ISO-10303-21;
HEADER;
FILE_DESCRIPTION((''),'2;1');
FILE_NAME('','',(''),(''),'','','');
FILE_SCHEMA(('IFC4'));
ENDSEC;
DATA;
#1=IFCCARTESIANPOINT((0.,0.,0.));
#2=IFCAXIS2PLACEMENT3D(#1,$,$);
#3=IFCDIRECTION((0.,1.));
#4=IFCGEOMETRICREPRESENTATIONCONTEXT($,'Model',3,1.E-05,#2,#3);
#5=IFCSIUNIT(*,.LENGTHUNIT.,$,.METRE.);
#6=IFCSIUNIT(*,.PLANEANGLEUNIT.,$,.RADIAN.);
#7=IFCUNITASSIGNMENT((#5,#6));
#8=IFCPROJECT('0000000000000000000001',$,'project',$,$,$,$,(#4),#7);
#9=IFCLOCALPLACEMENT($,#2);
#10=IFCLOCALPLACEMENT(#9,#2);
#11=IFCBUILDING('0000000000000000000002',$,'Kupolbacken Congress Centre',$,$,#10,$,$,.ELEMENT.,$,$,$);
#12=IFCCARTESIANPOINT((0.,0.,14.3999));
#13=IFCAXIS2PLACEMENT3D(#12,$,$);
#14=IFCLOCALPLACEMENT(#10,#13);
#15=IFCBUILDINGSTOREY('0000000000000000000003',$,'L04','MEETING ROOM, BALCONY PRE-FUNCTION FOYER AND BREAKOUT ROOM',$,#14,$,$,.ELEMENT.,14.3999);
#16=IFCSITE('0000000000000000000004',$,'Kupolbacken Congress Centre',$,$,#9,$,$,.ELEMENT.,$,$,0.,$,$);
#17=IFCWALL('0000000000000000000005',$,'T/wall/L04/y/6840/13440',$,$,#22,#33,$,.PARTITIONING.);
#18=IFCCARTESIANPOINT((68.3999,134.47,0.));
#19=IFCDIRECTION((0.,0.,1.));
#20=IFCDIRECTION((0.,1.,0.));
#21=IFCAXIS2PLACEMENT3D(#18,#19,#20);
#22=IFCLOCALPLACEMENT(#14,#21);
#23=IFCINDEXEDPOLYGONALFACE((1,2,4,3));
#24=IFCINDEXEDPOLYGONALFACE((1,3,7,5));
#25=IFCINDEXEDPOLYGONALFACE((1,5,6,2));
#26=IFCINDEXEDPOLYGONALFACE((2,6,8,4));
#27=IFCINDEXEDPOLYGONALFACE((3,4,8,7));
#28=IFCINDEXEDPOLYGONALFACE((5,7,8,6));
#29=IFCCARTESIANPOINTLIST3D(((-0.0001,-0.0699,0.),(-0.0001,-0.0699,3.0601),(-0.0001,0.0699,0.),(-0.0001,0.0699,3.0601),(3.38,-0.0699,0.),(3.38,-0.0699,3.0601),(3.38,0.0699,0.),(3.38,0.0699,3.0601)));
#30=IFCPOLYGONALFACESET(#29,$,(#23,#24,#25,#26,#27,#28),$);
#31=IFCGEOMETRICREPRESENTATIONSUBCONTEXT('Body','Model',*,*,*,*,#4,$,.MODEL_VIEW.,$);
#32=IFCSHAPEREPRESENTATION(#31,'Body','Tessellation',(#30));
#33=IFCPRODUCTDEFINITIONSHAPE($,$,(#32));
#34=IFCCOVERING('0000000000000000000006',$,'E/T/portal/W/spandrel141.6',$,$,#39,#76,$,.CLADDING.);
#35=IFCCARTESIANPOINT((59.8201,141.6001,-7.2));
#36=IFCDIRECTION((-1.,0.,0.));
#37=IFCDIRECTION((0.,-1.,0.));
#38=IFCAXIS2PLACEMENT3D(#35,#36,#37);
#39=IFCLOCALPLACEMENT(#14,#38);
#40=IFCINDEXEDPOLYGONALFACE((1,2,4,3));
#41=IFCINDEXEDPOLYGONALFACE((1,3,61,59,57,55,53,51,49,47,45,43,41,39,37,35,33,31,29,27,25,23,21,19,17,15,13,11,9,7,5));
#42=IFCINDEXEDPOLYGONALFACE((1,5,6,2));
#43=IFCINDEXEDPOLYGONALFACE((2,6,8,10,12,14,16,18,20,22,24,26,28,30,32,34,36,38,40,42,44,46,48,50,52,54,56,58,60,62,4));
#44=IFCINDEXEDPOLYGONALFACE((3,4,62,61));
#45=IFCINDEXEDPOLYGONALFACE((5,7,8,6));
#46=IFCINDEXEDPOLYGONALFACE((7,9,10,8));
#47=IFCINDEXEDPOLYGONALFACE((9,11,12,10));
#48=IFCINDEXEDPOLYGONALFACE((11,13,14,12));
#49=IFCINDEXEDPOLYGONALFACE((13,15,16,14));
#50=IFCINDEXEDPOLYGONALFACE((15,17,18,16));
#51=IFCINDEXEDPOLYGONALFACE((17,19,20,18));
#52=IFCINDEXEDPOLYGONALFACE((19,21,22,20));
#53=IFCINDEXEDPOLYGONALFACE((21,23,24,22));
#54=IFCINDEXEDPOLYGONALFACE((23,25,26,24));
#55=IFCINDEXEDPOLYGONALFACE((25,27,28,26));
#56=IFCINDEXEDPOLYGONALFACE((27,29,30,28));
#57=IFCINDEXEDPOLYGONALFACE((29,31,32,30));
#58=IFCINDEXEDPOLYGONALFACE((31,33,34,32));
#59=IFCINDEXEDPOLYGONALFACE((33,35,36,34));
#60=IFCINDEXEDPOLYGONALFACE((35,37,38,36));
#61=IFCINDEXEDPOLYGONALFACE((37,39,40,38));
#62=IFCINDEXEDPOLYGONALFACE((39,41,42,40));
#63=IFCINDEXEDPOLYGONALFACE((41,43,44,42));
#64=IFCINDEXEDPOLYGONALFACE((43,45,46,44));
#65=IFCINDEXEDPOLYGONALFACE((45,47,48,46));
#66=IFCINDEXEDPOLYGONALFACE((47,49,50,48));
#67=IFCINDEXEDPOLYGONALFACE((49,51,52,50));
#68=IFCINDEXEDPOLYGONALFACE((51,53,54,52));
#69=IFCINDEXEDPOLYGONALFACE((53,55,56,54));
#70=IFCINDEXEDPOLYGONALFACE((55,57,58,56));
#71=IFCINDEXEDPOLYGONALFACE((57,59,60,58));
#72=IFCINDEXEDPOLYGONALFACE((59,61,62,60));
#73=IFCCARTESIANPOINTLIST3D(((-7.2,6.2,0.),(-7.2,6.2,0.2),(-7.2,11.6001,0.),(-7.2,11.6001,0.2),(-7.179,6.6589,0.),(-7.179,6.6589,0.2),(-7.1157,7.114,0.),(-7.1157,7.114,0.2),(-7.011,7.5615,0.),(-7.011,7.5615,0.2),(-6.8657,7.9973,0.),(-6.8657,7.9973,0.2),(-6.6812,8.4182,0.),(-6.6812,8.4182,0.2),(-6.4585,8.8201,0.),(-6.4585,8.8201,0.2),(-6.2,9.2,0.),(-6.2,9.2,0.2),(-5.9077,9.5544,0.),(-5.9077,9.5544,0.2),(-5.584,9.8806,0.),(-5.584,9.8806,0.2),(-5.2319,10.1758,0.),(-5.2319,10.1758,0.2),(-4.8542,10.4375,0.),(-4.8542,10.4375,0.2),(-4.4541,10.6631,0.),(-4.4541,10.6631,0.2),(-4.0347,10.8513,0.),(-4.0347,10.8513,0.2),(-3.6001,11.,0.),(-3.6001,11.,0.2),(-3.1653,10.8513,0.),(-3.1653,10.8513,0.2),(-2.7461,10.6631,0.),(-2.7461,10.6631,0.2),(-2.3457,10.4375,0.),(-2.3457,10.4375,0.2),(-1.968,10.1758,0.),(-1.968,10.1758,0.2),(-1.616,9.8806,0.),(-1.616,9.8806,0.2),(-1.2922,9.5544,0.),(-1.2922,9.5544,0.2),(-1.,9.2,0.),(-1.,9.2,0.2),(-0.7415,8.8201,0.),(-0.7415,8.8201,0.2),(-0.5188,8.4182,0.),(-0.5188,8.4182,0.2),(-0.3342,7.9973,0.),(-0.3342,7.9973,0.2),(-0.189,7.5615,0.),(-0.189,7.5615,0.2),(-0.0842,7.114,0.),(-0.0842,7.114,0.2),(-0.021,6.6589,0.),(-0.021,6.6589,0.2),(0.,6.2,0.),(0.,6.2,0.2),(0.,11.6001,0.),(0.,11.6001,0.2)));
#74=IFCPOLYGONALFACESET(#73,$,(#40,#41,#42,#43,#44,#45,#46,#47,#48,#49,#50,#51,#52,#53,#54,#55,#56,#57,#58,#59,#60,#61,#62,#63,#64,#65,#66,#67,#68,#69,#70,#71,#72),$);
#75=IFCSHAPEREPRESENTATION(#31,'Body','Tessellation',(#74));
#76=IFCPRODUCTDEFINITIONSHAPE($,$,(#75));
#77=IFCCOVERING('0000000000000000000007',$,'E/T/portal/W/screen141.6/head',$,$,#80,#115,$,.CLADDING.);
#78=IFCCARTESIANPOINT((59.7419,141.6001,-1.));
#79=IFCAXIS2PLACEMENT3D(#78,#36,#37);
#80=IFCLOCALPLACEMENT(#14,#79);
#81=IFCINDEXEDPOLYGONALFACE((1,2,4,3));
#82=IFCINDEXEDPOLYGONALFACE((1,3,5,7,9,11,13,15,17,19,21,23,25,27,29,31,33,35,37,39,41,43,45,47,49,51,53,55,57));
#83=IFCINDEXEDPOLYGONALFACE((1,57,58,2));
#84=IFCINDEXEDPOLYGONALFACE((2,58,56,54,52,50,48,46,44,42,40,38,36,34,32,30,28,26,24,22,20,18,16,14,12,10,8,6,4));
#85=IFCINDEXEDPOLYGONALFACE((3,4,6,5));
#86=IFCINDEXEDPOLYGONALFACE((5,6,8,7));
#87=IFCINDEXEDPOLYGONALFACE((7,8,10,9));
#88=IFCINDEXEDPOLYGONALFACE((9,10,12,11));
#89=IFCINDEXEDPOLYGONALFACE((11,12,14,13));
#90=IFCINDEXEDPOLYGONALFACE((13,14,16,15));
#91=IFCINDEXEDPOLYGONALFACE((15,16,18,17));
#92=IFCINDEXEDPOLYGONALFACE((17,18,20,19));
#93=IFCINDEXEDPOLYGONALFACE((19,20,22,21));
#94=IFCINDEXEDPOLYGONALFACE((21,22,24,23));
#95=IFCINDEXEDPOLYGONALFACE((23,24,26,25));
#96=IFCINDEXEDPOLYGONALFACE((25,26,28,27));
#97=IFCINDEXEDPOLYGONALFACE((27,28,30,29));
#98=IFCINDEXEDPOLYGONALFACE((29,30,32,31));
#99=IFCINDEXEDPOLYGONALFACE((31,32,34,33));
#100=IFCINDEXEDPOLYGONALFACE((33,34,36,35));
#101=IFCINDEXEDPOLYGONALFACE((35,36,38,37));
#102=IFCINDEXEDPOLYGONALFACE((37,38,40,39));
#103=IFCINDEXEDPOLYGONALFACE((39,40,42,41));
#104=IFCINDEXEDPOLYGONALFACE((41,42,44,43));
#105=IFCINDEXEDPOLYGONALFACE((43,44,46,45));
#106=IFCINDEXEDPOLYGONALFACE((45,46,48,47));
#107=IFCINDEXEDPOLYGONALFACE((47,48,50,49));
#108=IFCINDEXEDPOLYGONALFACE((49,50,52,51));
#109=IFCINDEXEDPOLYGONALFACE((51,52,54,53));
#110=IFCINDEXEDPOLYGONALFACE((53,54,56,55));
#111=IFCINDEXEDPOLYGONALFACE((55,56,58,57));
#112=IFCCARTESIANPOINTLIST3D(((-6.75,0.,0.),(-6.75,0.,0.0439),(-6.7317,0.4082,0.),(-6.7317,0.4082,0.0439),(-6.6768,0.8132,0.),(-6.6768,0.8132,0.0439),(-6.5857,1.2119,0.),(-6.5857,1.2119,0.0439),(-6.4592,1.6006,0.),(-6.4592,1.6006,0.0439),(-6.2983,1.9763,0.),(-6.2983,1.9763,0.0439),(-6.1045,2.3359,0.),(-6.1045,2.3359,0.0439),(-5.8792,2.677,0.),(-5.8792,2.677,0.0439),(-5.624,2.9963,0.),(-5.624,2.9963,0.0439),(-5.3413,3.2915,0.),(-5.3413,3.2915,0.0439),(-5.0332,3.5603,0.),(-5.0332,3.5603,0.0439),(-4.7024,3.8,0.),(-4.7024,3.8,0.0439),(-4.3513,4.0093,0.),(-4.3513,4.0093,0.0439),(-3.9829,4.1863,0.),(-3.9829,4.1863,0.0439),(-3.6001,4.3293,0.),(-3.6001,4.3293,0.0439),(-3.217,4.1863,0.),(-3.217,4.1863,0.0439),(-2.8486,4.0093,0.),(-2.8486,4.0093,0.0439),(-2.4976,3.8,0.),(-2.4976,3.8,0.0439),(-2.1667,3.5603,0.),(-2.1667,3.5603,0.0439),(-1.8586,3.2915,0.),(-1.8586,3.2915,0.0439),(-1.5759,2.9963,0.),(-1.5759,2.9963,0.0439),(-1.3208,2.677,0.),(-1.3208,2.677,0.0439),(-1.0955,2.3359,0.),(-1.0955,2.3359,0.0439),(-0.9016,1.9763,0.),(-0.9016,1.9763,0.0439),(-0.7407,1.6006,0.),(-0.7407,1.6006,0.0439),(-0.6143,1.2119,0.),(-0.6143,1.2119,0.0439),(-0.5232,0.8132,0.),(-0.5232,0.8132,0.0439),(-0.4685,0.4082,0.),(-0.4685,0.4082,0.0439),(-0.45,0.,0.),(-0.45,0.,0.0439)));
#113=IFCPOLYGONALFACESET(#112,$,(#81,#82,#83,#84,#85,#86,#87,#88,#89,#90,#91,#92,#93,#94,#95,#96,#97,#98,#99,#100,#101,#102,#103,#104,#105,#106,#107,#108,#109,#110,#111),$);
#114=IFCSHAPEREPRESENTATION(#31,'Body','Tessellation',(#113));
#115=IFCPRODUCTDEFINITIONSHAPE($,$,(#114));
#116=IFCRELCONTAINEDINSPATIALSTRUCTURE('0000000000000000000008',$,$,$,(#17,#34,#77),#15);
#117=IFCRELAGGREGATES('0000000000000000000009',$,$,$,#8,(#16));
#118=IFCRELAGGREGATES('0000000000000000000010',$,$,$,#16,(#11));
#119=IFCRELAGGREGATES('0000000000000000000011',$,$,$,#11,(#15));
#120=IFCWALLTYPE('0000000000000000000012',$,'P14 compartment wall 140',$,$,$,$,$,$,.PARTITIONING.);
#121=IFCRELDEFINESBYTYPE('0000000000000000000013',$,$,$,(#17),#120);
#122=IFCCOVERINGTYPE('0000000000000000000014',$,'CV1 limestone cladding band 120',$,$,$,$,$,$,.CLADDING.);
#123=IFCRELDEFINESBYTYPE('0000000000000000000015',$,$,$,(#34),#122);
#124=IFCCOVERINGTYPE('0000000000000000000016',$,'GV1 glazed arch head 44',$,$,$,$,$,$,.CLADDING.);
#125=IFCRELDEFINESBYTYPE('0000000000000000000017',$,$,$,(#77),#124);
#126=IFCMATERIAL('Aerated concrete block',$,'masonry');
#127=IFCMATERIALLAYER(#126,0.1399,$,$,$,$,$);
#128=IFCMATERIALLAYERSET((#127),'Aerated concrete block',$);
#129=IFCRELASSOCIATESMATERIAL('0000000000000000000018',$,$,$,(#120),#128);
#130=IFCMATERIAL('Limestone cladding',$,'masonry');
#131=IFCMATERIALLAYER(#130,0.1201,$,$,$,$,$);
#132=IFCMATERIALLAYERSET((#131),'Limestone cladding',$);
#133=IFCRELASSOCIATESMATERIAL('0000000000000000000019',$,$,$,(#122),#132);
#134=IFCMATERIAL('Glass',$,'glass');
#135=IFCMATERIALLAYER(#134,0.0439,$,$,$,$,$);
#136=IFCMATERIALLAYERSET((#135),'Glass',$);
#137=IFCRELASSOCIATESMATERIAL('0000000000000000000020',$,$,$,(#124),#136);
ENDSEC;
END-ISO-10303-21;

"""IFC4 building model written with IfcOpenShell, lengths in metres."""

from ifc_helpers import new_model, si_unit, direction, frame, frame_2d, origin, place, context, subcontext, project, spatial, polyline, rectangle, outline, extrude, material, layer, layer_set, type_object, element, save


model = new_model("IFC4")

# Units and contexts
model_context = context("Model", 3, precision=1e-05, world=origin(), true_north=direction((0.0, 1.0)))
body_context = subcontext(model_context, "Body", "Model", "MODEL_VIEW")
ifc_project = project(units=[si_unit("LENGTHUNIT", "METRE"), si_unit("PLANEANGLEUNIT", "RADIAN")], contexts=[model_context])

# Site, building, storey
site_placement = place(None, origin())
site = spatial("IfcSite", under=ifc_project, at=site_placement, Name="Kupolbacken Congress Centre", CompositionType="ELEMENT", RefElevation=0.0)
building_placement = place(site_placement, origin())
building = spatial("IfcBuilding", under=site, at=building_placement, Name="Kupolbacken Congress Centre", CompositionType="ELEMENT")
storey_placement = place(building_placement, frame((0.0, 0.0, 14.3999)))
storey = spatial("IfcBuildingStorey", under=building, at=storey_placement, Name="L04", Description="MEETING ROOM, BALCONY PRE-FUNCTION FOYER AND BREAKOUT ROOM", CompositionType="ELEMENT", Elevation=14.3999)

# Shared definitions
ifc_material_1 = material(Name="Aerated concrete block", Category="masonry")
ifc_layer_1 = layer(ifc_material_1, 0.1399)
ifc_layer_set_1 = layer_set([ifc_layer_1], Name="Aerated concrete block")
wall_type_1 = type_object("IfcWallType", Name="P14 compartment wall 140", PredefinedType="PARTITIONING", material=ifc_layer_set_1)

# Wall
wall_1_placement = place(storey_placement, frame((68.3999, 134.47, 0.0), z_axis=(0.0, 0.0, 1.0), x_axis=(0.0, 1.0, 0.0)))
element("IfcWall", 1, at=wall_1_placement, inside=storey, type_object=wall_type_1, Name="T/wall/L04/y/6840/13440", PredefinedType="PARTITIONING", context=body_context, shape_type="SweptSolid", body=[
    extrude(rectangle(XDim=3.3801, YDim=0.1399, at=frame_2d((1.6899, 0.0))), origin(), (0.0, 0.0, 1.0), 3.0601),
])

# Coverings
ifc_material_2 = material(Name="Limestone cladding", Category="masonry")
ifc_layer_2 = layer(ifc_material_2, 0.1201)
ifc_layer_set_2 = layer_set([ifc_layer_2], Name="Limestone cladding")
covering_type_1 = type_object("IfcCoveringType", Name="CV1 limestone cladding band 120", PredefinedType="CLADDING", material=ifc_layer_set_2)
covering_1_placement = place(storey_placement, frame((59.8201, 141.6001, -7.2), z_axis=(-1.0, 0.0, 0.0), x_axis=(0.0, -1.0, 0.0)))
element("IfcCovering", 2, at=covering_1_placement, inside=storey, type_object=covering_type_1, Name="E/T/portal/W/spandrel141.6", PredefinedType="CLADDING", context=body_context, shape_type="SweptSolid", body=[
    extrude(outline(polyline([(0.0, 6.2), (0.0, 11.6001), (-7.2, 11.6001), (-7.2, 6.2), (-7.179, 6.6589), (-7.1157, 7.114), (-7.011, 7.5615), (-6.8657, 7.9973), (-6.6812, 8.4182), (-6.4585, 8.8201), (-6.2, 9.2), (-5.9077, 9.5544), (-5.584, 9.8806), (-5.2319, 10.1758), (-4.8542, 10.4375), (-4.4541, 10.6631), (-4.0347, 10.8513), (-3.6001, 11.0), (-3.1653, 10.8513), (-2.7461, 10.6631), (-2.3457, 10.4375), (-1.968, 10.1758), (-1.616, 9.8806), (-1.2922, 9.5544), (-1.0, 9.2), (-0.7415, 8.8201), (-0.5188, 8.4182), (-0.3342, 7.9973), (-0.189, 7.5615), (-0.0842, 7.114), (-0.021, 6.6589), (0.0, 6.2)])), origin(), (0.0, 0.0, 1.0), 0.2),
])
ifc_material_3 = material(Name="Glass", Category="glass")
ifc_layer_3 = layer(ifc_material_3, 0.0439)
ifc_layer_set_3 = layer_set([ifc_layer_3], Name="Glass")
covering_type_2 = type_object("IfcCoveringType", Name="GV1 glazed arch head 44", PredefinedType="CLADDING", material=ifc_layer_set_3)
covering_2_placement = place(storey_placement, frame((59.7419, 141.6001, -1.0), z_axis=(-1.0, 0.0, 0.0), x_axis=(0.0, -1.0, 0.0)))
element("IfcCovering", 3, at=covering_2_placement, inside=storey, type_object=covering_type_2, Name="E/T/portal/W/screen141.6/head", PredefinedType="CLADDING", context=body_context, shape_type="SweptSolid", body=[
    extrude(outline(polyline([(-0.45, 0.0), (-0.4685, 0.4082), (-0.5232, 0.8132), (-0.6143, 1.2119), (-0.7407, 1.6006), (-0.9016, 1.9763), (-1.0955, 2.3359), (-1.3208, 2.677), (-1.5759, 2.9963), (-1.8586, 3.2915), (-2.1667, 3.5603), (-2.4976, 3.8), (-2.8486, 4.0093), (-3.217, 4.1863), (-3.6001, 4.3293), (-3.9829, 4.1863), (-4.3513, 4.0093), (-4.7024, 3.8), (-5.0332, 3.5603), (-5.3413, 3.2915), (-5.624, 2.9963), (-5.8792, 2.677), (-6.1045, 2.3359), (-6.2983, 1.9763), (-6.4592, 1.6006), (-6.5857, 1.2119), (-6.6768, 0.8132), (-6.7317, 0.4082), (-6.75, 0.0), (-0.45, 0.0)])), origin(), (0.0, 0.0, 1.0), 0.0439),
])

save(model, "model.ifc")
